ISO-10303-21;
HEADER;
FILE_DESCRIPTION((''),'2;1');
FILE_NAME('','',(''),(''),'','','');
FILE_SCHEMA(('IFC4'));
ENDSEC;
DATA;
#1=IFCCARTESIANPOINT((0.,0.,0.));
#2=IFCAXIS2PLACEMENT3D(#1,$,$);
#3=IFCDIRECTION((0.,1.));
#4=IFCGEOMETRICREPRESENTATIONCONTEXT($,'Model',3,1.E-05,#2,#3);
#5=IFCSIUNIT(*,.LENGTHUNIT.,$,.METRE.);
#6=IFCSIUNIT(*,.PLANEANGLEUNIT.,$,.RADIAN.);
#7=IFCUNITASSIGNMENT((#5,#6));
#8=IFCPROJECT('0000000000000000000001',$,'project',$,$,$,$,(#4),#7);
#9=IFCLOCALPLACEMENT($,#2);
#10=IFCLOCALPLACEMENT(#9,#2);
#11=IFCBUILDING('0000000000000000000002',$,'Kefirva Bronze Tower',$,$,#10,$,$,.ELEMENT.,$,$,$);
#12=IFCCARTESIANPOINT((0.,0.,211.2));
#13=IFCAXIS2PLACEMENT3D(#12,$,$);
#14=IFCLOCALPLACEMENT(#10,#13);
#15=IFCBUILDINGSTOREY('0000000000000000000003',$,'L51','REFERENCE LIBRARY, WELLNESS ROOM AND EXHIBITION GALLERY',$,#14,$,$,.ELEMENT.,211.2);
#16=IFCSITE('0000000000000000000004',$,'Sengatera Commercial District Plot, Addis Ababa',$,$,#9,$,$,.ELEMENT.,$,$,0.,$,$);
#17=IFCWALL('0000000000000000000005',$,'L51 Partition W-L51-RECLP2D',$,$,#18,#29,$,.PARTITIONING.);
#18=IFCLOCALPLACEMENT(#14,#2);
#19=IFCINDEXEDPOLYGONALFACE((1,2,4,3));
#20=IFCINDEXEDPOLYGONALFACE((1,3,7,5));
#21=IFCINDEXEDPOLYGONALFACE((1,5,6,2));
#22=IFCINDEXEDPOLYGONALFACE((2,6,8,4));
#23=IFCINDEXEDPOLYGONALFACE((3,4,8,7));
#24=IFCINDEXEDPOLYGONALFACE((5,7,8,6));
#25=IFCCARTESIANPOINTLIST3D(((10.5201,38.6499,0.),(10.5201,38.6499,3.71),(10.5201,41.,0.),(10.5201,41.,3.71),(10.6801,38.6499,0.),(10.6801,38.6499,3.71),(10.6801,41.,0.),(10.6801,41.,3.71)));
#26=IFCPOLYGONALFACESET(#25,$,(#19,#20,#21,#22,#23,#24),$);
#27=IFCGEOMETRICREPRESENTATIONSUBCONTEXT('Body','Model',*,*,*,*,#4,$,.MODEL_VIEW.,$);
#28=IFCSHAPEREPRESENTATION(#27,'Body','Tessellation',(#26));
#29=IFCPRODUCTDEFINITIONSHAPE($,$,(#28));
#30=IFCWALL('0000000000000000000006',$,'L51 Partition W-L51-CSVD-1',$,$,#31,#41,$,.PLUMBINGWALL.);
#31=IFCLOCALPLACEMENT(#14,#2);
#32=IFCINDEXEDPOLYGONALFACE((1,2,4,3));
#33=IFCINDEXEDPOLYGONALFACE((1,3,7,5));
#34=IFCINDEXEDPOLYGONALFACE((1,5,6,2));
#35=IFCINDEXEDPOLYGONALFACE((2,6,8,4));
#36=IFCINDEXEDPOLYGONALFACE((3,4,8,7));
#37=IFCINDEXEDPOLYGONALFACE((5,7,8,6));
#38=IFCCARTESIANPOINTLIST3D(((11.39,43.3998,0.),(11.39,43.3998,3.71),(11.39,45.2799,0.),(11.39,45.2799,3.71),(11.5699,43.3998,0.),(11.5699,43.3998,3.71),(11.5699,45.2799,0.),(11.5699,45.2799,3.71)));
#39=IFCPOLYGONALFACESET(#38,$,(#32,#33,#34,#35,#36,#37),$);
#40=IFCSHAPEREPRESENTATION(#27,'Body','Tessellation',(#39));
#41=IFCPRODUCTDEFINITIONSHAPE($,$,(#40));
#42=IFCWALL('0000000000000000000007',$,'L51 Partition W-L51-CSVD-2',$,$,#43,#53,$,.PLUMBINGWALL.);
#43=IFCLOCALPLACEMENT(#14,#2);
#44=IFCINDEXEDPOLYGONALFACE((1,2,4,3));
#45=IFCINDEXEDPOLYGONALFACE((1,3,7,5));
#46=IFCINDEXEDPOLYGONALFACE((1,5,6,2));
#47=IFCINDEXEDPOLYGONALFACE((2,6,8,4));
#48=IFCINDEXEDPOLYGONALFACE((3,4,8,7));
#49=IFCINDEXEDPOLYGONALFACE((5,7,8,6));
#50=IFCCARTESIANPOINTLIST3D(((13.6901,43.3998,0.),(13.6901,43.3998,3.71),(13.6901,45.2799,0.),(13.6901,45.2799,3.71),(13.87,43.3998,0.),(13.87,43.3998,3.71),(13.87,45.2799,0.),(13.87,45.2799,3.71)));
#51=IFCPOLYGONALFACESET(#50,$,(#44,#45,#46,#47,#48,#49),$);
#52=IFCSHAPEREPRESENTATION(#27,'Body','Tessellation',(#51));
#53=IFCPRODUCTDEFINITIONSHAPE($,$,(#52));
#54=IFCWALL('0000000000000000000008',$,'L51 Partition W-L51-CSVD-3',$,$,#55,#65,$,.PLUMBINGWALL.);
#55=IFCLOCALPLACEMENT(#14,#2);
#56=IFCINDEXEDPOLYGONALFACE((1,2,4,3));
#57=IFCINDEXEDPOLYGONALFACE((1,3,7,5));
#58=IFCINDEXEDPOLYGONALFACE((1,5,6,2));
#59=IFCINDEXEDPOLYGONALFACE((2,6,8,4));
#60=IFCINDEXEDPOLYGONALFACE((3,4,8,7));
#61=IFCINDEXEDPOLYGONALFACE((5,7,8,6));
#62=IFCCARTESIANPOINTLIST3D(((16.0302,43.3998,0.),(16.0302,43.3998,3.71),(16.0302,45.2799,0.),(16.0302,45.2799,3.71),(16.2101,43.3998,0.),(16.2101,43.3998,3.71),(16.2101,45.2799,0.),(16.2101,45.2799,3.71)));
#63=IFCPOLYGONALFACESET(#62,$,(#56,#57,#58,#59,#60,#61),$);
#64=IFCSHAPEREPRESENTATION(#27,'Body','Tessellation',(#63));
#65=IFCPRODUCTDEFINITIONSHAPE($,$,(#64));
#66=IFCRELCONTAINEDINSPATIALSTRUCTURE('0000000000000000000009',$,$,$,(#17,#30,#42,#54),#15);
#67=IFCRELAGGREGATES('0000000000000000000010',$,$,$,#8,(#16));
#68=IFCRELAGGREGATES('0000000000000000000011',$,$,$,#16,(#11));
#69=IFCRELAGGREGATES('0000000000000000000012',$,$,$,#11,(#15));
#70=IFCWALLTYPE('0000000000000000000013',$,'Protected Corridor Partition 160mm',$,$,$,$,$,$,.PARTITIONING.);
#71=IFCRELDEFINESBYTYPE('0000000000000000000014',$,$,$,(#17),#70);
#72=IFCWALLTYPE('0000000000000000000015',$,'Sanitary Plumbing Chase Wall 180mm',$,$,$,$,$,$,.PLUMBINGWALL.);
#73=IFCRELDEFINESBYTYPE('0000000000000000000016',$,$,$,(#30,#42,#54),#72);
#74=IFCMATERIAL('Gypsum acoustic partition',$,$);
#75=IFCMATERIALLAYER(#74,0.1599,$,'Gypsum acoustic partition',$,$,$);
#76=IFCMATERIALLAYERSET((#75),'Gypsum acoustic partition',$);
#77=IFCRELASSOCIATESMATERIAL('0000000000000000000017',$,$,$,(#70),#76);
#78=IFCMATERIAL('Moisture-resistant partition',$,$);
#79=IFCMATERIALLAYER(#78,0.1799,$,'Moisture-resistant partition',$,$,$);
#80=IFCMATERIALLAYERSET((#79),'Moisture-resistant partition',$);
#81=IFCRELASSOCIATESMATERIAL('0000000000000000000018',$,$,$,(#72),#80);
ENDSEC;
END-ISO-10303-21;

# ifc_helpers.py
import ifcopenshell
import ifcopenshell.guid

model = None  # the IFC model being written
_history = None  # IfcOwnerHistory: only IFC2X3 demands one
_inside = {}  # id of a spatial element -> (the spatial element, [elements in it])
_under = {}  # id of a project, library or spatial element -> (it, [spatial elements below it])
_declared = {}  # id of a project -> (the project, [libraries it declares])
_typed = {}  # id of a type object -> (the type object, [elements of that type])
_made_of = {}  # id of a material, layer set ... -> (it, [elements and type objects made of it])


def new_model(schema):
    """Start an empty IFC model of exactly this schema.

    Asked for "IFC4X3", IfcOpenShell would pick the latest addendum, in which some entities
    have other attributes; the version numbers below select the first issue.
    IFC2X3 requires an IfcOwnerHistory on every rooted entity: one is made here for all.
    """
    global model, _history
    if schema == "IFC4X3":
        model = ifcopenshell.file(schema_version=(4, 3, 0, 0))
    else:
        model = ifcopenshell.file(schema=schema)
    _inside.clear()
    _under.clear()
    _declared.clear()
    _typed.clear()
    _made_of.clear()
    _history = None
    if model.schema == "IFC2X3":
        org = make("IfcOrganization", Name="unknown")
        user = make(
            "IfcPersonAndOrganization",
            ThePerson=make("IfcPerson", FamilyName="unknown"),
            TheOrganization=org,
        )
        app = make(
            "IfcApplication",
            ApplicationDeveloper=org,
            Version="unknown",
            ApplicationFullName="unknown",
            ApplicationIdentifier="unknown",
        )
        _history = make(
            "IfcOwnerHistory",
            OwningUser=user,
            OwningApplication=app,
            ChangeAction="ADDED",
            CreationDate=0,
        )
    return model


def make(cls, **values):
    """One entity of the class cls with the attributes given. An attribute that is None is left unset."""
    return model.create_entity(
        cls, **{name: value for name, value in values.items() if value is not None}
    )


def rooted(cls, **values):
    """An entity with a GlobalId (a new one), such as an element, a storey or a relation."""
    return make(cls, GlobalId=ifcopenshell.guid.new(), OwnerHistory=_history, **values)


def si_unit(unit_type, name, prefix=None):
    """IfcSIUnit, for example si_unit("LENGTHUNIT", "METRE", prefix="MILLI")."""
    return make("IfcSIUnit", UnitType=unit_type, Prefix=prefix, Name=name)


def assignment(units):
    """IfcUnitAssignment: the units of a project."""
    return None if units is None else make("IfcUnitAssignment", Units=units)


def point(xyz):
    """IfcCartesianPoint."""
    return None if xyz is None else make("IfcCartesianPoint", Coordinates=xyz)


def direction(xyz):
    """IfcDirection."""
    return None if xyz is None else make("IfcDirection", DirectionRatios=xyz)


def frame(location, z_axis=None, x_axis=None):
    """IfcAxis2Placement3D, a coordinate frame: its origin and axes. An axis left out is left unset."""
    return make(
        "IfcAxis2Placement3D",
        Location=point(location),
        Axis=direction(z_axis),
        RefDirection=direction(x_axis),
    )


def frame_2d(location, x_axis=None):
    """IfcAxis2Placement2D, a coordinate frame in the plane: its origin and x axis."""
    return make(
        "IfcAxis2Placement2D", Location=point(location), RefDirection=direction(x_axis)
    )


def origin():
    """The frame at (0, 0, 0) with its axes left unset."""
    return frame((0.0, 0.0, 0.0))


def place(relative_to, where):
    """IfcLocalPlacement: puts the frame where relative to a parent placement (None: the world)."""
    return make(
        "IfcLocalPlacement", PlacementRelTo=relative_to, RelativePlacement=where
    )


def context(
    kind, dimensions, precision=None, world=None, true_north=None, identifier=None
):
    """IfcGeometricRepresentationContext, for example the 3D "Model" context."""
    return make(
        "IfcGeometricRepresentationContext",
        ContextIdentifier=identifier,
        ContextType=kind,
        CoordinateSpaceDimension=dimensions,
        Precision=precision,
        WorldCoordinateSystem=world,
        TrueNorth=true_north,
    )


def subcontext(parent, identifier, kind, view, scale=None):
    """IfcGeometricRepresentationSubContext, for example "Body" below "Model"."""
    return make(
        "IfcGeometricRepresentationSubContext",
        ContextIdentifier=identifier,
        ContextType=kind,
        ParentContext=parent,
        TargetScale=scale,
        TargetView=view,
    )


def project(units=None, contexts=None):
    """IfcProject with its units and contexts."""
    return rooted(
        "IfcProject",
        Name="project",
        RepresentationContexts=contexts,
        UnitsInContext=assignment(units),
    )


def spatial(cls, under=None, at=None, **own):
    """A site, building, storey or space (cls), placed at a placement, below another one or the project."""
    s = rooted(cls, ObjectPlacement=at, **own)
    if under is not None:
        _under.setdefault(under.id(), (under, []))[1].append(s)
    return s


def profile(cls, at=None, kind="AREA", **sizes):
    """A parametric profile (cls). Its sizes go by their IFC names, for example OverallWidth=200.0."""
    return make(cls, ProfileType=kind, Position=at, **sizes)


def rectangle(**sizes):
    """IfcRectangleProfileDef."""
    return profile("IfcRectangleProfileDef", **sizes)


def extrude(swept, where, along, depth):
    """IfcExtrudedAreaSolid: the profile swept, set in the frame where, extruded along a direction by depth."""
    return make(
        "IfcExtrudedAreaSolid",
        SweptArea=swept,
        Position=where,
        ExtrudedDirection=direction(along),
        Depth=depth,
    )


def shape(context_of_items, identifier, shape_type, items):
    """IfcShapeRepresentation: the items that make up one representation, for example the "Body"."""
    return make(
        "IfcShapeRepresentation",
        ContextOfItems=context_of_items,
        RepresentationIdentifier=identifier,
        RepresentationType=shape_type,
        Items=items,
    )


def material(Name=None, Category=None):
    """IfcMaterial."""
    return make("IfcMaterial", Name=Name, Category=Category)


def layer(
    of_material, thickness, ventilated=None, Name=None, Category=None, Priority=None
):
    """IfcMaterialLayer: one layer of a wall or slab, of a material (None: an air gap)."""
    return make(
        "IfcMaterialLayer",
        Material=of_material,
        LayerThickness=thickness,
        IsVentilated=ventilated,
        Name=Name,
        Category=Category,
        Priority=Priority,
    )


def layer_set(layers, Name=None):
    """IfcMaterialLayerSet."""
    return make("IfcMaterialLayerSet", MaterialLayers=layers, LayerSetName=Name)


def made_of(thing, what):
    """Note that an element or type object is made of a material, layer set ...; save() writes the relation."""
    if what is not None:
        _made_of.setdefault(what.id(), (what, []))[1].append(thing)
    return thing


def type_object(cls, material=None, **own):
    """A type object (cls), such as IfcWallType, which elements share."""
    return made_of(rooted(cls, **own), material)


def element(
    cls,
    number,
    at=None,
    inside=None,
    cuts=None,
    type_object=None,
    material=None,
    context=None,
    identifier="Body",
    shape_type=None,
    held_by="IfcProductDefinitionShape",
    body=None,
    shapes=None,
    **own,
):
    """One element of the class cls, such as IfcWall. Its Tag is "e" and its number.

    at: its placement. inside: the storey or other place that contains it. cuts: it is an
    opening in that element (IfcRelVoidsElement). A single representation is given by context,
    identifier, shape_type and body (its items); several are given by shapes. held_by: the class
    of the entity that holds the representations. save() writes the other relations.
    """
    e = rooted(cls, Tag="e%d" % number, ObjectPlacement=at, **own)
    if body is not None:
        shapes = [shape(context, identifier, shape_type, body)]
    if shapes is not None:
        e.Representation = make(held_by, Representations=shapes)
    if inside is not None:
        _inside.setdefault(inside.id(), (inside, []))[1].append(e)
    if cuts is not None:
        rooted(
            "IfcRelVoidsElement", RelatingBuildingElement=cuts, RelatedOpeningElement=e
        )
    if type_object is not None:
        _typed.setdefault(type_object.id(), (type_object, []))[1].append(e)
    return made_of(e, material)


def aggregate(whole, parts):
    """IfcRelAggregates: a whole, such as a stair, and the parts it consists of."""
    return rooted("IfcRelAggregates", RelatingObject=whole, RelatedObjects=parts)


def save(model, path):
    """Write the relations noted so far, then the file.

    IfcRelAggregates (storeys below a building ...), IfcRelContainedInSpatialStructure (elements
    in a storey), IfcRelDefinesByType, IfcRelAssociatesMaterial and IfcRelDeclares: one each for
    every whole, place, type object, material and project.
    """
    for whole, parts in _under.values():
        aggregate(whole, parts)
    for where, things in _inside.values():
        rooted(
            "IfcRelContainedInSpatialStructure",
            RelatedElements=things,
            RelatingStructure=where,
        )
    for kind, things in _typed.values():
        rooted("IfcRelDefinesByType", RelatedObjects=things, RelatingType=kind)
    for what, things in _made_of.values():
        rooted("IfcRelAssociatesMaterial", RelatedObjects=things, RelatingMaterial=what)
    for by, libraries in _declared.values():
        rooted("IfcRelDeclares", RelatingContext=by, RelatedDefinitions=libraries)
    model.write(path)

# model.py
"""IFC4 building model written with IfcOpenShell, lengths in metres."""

from ifc_helpers import new_model, si_unit, direction, frame, frame_2d, origin, place, context, subcontext, project, spatial, rectangle, extrude, material, layer, layer_set, type_object, element, save


model = new_model("IFC4")

# Units and contexts
model_context = context("Model", 3, precision=1e-05, world=origin(), true_north=direction((0.0, 1.0)))
body_context = subcontext(model_context, "Body", "Model", "MODEL_VIEW")
ifc_project = project(units=[si_unit("LENGTHUNIT", "METRE"), si_unit("PLANEANGLEUNIT", "RADIAN")], contexts=[model_context])

# Site, building, storey
site_placement = place(None, origin())
site = spatial("IfcSite", under=ifc_project, at=site_placement, Name="Sengatera Commercial District Plot, Addis Ababa", CompositionType="ELEMENT", RefElevation=0.0)
building_placement = place(site_placement, origin())
building = spatial("IfcBuilding", under=site, at=building_placement, Name="Kefirva Bronze Tower", CompositionType="ELEMENT")
storey_placement = place(building_placement, frame((0.0, 0.0, 211.2)))
storey = spatial("IfcBuildingStorey", under=building, at=storey_placement, Name="L51", Description="REFERENCE LIBRARY, WELLNESS ROOM AND EXHIBITION GALLERY", CompositionType="ELEMENT", Elevation=211.2)

# Shared definitions
ifc_material_1 = material(Name="Gypsum acoustic partition")
ifc_layer_1 = layer(ifc_material_1, 0.1599, Name="Gypsum acoustic partition")
ifc_layer_set_1 = layer_set([ifc_layer_1], Name="Gypsum acoustic partition")
wall_type_1 = type_object("IfcWallType", Name="Protected Corridor Partition 160mm", PredefinedType="PARTITIONING", material=ifc_layer_set_1)

# Walls
wall_1_placement = place(storey_placement, frame((10.6001, 38.6499, 0.0), z_axis=(0.0, 0.0, 1.0), x_axis=(0.0, 1.0, 0.0)))
element("IfcWall", 1, at=wall_1_placement, inside=storey, type_object=wall_type_1, Name="L51 Partition W-L51-RECLP2D", PredefinedType="PARTITIONING", context=body_context, shape_type="SweptSolid", body=[
    extrude(rectangle(XDim=2.3501, YDim=0.1599, at=frame_2d((1.175, 0.0))), origin(), (0.0, 0.0, 1.0), 3.71),
])
ifc_material_2 = material(Name="Moisture-resistant partition")
ifc_layer_2 = layer(ifc_material_2, 0.1799, Name="Moisture-resistant partition")
ifc_layer_set_2 = layer_set([ifc_layer_2], Name="Moisture-resistant partition")
wall_type_2 = type_object("IfcWallType", Name="Sanitary Plumbing Chase Wall 180mm", PredefinedType="PLUMBINGWALL", material=ifc_layer_set_2)
for number, where, z_axis, x_axis, name in (
    (2, (11.48, 43.3999, 0.0), (0.0, 0.0, 1.0), (0.0, 1.0, 0.0), "L51 Partition W-L51-CSVD-1"),
    (3, (13.78, 43.3999, 0.0), (0.0, 0.0, 1.0), (0.0, 1.0, 0.0), "L51 Partition W-L51-CSVD-2"),
    (4, (16.1201, 43.3999, 0.0), (0.0, 0.0, 1.0), (0.0, 1.0, 0.0), "L51 Partition W-L51-CSVD-3"),
):
    element("IfcWall", number, at=place(storey_placement, frame(where, z_axis=z_axis, x_axis=x_axis)), inside=storey, type_object=wall_type_2, Name=name, PredefinedType="PLUMBINGWALL", context=body_context, shape_type="SweptSolid", body=[
        extrude(rectangle(XDim=1.8801, YDim=0.1799, at=frame_2d((0.9399, 0.0))), origin(), (0.0, 0.0, 1.0), 3.71),
    ])

save(model, "model.ifc")
